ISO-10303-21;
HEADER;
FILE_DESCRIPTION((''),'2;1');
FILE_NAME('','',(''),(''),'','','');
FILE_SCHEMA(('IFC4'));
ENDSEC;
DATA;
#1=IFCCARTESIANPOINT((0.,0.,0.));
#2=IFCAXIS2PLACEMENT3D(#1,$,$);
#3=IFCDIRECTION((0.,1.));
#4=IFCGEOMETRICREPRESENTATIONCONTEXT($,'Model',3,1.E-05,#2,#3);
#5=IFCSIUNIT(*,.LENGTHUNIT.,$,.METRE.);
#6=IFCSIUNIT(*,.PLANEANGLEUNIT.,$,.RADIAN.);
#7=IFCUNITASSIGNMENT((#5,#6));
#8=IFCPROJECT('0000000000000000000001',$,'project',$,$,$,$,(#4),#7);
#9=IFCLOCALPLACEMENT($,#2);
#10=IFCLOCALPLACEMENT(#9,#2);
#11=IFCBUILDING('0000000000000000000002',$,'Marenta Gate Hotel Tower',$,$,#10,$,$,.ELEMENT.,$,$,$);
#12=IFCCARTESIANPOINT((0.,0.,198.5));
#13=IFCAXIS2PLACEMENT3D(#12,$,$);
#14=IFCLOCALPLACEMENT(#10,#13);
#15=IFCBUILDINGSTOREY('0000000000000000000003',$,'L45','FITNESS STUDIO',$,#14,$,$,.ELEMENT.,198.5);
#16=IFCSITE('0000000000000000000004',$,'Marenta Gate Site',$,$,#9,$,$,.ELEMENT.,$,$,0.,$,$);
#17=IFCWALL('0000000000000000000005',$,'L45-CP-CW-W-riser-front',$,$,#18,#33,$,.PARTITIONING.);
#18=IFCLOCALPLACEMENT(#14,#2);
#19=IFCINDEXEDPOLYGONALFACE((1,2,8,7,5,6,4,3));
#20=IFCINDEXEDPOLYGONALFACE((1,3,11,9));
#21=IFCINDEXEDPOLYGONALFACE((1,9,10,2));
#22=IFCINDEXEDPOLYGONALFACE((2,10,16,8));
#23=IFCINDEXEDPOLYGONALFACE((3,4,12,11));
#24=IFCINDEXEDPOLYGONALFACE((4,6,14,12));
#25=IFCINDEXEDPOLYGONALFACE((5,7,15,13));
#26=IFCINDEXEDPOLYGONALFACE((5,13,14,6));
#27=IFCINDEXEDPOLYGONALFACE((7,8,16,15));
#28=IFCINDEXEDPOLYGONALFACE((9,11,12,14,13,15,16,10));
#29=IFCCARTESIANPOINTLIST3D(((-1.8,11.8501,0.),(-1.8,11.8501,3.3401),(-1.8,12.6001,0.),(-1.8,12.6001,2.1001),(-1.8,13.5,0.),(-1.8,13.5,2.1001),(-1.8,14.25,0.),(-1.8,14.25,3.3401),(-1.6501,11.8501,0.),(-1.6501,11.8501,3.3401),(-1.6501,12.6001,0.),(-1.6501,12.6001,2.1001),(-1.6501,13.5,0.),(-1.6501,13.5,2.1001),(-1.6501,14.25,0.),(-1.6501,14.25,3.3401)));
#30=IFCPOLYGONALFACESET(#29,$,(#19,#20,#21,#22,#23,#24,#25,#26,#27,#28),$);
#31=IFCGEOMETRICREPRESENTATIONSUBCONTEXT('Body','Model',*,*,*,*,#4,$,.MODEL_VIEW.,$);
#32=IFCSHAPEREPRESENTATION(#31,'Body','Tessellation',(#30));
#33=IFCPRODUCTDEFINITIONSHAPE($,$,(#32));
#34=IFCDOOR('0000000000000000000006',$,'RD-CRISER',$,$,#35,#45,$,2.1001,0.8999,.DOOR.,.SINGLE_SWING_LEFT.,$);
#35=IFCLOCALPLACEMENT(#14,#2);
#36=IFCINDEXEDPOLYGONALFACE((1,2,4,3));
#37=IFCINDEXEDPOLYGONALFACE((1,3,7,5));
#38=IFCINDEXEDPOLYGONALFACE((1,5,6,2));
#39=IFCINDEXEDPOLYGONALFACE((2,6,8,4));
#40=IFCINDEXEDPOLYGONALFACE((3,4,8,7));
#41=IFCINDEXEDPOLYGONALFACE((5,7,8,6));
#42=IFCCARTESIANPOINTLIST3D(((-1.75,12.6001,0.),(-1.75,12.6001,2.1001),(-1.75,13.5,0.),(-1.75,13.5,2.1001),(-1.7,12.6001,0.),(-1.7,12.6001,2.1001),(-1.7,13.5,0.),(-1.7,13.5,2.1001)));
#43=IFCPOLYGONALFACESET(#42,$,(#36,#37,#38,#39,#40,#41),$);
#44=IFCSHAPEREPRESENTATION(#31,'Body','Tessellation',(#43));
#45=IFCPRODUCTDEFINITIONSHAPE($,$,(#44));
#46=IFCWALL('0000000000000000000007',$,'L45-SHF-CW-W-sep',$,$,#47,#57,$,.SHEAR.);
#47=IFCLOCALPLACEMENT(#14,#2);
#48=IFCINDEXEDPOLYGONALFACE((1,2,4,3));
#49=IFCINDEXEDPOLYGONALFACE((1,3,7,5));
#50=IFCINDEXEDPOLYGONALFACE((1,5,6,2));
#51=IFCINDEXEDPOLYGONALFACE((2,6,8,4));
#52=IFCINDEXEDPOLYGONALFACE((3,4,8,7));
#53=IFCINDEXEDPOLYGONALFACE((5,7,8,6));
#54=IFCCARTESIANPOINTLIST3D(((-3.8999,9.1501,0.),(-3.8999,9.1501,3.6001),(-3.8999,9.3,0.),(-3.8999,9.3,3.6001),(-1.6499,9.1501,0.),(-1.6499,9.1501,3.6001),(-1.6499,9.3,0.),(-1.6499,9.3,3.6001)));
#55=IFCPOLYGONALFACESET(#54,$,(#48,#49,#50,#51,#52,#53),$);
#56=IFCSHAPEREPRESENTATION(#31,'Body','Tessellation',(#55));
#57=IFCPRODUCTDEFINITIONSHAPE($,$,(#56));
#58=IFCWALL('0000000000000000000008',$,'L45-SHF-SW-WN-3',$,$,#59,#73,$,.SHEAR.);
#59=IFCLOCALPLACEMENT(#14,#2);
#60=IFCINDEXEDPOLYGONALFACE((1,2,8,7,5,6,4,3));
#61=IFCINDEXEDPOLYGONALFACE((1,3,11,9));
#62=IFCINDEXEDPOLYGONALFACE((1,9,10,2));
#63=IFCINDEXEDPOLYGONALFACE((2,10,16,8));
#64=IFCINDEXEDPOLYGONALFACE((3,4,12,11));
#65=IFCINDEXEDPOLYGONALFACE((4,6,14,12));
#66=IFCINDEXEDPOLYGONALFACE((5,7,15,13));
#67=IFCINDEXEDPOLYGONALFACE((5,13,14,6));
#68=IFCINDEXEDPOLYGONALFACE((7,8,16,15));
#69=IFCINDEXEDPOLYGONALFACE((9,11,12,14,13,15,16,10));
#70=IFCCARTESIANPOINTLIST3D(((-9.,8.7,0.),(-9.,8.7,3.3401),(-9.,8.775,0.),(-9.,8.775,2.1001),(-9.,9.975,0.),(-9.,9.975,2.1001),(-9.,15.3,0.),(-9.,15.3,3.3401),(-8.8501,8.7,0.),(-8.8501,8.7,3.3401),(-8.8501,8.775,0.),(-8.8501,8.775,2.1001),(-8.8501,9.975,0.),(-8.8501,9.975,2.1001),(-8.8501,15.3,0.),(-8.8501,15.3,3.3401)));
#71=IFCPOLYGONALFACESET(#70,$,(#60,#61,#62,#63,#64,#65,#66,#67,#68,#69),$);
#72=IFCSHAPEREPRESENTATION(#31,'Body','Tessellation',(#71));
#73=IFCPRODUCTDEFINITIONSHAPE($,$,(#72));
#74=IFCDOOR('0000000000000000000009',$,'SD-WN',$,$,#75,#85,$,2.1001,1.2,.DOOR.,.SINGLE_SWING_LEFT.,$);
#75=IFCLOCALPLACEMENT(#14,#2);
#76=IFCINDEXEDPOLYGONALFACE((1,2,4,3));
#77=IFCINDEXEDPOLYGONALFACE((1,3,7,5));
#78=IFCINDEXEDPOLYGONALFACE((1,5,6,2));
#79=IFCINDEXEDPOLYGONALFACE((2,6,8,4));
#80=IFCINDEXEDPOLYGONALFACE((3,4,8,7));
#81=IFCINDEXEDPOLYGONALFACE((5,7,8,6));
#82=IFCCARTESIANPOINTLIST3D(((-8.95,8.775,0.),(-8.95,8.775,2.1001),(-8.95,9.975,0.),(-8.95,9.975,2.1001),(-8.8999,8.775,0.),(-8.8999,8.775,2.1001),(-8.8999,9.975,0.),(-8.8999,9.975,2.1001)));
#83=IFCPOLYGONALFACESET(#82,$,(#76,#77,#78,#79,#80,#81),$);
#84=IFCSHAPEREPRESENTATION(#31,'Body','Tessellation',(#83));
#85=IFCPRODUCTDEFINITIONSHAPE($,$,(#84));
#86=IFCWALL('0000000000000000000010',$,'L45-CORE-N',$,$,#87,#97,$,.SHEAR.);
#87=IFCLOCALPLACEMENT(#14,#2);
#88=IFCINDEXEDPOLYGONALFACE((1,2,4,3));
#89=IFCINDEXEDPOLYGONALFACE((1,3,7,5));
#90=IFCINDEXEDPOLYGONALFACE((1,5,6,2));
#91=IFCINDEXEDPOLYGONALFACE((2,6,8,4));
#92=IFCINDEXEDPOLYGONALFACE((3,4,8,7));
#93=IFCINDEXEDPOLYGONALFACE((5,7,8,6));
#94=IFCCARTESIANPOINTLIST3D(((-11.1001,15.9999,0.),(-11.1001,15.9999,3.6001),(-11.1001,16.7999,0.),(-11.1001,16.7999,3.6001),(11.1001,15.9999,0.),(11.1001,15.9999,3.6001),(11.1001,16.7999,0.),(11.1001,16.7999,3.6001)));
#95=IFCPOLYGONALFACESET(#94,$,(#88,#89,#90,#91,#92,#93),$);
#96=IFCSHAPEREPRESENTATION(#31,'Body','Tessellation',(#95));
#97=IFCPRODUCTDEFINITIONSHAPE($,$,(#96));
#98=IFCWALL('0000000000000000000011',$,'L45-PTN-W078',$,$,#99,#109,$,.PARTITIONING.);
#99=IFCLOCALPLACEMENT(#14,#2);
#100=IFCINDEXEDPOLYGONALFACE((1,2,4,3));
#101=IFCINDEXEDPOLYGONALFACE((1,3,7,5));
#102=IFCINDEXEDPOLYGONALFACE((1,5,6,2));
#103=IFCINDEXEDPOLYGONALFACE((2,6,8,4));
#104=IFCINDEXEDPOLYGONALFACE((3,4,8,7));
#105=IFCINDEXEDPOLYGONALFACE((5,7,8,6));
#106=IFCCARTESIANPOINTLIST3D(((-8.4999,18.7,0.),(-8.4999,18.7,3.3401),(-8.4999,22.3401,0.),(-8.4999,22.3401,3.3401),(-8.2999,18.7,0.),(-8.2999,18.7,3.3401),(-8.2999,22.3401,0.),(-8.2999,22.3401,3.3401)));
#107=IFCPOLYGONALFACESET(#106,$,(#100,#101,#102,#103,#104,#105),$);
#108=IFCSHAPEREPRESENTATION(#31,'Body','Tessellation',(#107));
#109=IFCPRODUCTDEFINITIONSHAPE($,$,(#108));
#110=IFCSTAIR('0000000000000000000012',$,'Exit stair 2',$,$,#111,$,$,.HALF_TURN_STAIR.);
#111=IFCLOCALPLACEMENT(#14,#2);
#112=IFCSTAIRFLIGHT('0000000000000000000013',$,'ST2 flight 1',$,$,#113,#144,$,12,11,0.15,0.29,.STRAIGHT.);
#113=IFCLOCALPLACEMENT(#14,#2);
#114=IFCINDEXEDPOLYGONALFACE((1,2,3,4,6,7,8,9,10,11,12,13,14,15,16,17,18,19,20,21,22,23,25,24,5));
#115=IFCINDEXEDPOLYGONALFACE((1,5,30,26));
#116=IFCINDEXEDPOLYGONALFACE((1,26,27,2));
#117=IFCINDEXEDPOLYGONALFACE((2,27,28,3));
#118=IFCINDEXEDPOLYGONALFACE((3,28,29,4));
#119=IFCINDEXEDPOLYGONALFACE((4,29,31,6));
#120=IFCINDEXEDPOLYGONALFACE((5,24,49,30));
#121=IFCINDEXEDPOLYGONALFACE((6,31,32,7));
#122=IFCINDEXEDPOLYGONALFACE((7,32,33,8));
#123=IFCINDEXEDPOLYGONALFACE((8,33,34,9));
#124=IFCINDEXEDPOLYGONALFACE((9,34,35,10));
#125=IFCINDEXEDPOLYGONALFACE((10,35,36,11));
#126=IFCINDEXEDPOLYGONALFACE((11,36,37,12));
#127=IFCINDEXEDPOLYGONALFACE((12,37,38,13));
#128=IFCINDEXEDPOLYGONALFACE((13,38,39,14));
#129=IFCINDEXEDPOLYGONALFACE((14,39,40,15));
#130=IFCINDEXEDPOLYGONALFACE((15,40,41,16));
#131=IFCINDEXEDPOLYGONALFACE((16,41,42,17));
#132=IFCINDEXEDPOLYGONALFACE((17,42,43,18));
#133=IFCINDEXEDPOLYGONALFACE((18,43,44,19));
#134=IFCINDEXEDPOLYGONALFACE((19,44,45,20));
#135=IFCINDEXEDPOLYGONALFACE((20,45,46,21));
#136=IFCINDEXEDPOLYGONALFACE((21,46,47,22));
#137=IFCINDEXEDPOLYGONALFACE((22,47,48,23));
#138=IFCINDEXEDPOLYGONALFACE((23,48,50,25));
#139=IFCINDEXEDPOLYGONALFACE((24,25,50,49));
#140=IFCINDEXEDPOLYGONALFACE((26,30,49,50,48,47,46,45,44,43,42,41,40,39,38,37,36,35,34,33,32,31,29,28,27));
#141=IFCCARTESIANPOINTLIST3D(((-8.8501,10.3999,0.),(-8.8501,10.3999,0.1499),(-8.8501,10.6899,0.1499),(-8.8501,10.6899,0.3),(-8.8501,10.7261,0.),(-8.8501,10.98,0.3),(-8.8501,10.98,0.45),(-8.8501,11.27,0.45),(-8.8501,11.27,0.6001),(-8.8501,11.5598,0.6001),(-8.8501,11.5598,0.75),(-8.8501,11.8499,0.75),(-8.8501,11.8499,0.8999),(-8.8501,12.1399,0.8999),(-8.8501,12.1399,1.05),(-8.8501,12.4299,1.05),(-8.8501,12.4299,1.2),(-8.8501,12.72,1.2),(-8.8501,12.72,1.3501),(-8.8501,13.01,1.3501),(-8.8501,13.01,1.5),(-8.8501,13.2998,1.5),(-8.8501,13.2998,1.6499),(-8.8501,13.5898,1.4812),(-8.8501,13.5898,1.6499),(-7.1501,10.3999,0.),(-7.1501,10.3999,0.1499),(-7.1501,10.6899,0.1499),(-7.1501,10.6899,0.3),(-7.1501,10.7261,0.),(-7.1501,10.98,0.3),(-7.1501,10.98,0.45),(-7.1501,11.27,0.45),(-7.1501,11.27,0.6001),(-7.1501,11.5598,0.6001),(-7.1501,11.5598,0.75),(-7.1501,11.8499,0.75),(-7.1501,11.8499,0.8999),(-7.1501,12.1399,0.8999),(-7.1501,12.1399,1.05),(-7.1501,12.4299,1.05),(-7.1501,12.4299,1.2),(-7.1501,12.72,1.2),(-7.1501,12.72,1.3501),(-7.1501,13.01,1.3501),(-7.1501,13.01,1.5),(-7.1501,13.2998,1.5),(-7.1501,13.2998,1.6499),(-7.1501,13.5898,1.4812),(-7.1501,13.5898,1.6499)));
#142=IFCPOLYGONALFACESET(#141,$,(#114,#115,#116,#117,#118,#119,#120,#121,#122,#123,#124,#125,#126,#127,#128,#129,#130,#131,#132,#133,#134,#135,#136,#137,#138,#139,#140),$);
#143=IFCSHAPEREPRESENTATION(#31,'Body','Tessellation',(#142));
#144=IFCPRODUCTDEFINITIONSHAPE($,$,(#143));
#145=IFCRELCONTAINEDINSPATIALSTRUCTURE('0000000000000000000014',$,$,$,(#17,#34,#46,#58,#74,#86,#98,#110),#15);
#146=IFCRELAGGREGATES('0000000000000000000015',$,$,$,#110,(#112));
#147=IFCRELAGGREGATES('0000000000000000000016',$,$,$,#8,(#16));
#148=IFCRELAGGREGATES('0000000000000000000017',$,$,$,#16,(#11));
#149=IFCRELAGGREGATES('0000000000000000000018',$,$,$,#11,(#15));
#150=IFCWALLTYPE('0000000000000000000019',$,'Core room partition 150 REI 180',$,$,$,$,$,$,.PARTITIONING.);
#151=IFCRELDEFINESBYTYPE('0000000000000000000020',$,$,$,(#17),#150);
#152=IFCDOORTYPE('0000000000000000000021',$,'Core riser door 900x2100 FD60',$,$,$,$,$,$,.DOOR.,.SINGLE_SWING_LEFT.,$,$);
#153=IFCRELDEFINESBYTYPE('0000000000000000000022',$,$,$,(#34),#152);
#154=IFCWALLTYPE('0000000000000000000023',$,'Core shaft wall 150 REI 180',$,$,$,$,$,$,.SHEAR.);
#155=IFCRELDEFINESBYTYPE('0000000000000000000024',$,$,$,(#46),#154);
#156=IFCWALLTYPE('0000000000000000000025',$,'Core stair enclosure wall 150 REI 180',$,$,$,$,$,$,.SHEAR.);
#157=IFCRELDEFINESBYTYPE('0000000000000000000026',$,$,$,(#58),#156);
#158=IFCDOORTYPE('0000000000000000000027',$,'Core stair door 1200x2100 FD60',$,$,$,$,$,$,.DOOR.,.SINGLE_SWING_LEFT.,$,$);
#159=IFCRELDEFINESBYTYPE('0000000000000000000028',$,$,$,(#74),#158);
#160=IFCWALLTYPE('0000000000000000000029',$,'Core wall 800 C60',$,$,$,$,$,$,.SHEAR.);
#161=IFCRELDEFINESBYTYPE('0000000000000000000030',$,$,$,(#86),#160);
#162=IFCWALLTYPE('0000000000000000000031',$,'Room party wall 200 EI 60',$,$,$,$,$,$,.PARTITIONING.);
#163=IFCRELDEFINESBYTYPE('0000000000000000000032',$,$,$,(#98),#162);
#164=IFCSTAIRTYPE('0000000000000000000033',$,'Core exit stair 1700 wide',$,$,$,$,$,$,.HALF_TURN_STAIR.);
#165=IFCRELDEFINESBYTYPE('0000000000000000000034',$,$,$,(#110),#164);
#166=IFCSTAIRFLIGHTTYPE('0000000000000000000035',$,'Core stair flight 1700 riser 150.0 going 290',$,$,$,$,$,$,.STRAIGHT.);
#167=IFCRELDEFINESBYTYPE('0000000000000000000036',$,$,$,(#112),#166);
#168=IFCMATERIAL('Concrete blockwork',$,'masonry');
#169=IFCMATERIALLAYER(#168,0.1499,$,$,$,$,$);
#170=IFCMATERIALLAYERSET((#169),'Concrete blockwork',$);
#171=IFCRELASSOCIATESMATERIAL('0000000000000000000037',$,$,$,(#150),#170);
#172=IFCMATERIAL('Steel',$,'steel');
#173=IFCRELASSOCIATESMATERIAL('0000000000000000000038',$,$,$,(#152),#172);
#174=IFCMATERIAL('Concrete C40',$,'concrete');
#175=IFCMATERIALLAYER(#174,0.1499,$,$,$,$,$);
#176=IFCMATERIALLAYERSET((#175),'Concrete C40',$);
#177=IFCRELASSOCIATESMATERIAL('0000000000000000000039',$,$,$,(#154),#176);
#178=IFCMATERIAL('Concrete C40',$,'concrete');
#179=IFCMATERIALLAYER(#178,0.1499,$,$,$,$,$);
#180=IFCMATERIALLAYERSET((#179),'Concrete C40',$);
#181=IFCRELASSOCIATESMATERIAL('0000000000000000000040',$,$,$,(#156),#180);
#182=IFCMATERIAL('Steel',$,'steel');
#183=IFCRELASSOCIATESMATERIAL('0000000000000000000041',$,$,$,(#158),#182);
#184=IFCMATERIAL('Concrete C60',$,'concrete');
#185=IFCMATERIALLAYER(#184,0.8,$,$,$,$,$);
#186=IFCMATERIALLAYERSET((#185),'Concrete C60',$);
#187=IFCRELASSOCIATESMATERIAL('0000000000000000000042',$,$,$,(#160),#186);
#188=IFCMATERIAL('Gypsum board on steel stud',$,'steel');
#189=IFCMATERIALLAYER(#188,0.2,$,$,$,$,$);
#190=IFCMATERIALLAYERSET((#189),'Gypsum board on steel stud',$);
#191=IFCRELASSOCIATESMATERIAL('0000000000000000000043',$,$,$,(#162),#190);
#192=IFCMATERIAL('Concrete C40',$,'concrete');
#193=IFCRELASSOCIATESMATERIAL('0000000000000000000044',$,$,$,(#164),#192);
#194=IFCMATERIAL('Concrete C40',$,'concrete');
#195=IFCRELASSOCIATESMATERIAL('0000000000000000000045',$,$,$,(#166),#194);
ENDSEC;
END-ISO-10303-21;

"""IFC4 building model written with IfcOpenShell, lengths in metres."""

from ifc_helpers import new_model, si_unit, direction, frame, frame_2d, origin, place, context, subcontext, project, spatial, polyline, rectangle, outline, extrude, material, layer, layer_set, type_object, element, fill, aggregate, save


model = new_model("IFC4")

# Units and contexts
model_context = context("Model", 3, precision=1e-05, world=origin(), true_north=direction((0.0, 1.0)))
body_context = subcontext(model_context, "Body", "Model", "MODEL_VIEW")
ifc_project = project(units=[si_unit("LENGTHUNIT", "METRE"), si_unit("PLANEANGLEUNIT", "RADIAN")], contexts=[model_context])

# Site, building, storey
site_placement = place(None, origin())
site = spatial("IfcSite", under=ifc_project, at=site_placement, Name="Marenta Gate Site", CompositionType="ELEMENT", RefElevation=0.0)
building_placement = place(site_placement, origin())
building = spatial("IfcBuilding", under=site, at=building_placement, Name="Marenta Gate Hotel Tower", CompositionType="ELEMENT")
storey_placement = place(building_placement, frame((0.0, 0.0, 198.5)))
storey = spatial("IfcBuildingStorey", under=building, at=storey_placement, Name="L45", Description="FITNESS STUDIO", CompositionType="ELEMENT", Elevation=198.5)

# Wall, opening, door
ifc_material_1 = material(Name="Concrete blockwork", Category="masonry")
ifc_layer_1 = layer(ifc_material_1, 0.1499)
ifc_layer_set_1 = layer_set([ifc_layer_1], Name="Concrete blockwork")
wall_type_1 = type_object("IfcWallType", Name="Core room partition 150 REI 180", PredefinedType="PARTITIONING", material=ifc_layer_set_1)
wall_1_placement = place(storey_placement, frame((-1.7251, 11.8501, 0.0), z_axis=(0.0, 0.0, 1.0), x_axis=(0.0, 1.0, 0.0)))
wall_1 = element("IfcWall", 1, at=wall_1_placement, inside=storey, type_object=wall_type_1, Name="L45-CP-CW-W-riser-front", PredefinedType="PARTITIONING", context=body_context, shape_type="SweptSolid", body=[
    extrude(rectangle(XDim=2.3999, YDim=0.1499, at=frame_2d((1.2, 0.0))), origin(), (0.0, 0.0, 1.0), 3.3401),
])
opening_1_placement = place(wall_1_placement, frame((0.75, 0.0, 0.0)))
opening_1 = element("IfcOpeningElement", 2, at=opening_1_placement, cuts=wall_1, PredefinedType="OPENING", context=body_context, shape_type="SweptSolid", body=[
    extrude(rectangle(XDim=0.8999, YDim=2.1001, at=frame_2d((0.45, 1.05))), frame((0.0, 0.075, 0.0), z_axis=(0.0, -1.0, 0.0), x_axis=(1.0, 0.0, 0.0)), (0.0, 0.0, 1.0), 0.1499),
])
ifc_material_2 = material(Name="Steel", Category="steel")
door_type_1 = type_object("IfcDoorType", Name="Core riser door 900x2100 FD60", OperationType="SINGLE_SWING_LEFT", PredefinedType="DOOR", material=ifc_material_2)
door_1_placement = place(opening_1_placement, origin())
door_1 = element("IfcDoor", 3, at=door_1_placement, inside=storey, type_object=door_type_1, Name="RD-CRISER", OperationType="SINGLE_SWING_LEFT", OverallHeight=2.1001, OverallWidth=0.8999, PredefinedType="DOOR", context=body_context, shape_type="SweptSolid", body=[
    extrude(rectangle(XDim=0.8999, YDim=2.1001, at=frame_2d((0.45, 1.05))), frame((0.0, 0.0249, 0.0), z_axis=(0.0, -1.0, 0.0), x_axis=(1.0, 0.0, 0.0)), (0.0, 0.0, 1.0), 0.05),
])
fill(opening_1, door_1)

# Wall
ifc_material_3 = material(Name="Concrete C40", Category="concrete")
ifc_layer_2 = layer(ifc_material_3, 0.1499)
ifc_layer_set_2 = layer_set([ifc_layer_2], Name="Concrete C40")
wall_type_2 = type_object("IfcWallType", Name="Core shaft wall 150 REI 180", PredefinedType="SHEAR", material=ifc_layer_set_2)
wall_2_placement = place(storey_placement, frame((-3.8999, 9.2251, 0.0), z_axis=(0.0, 0.0, 1.0), x_axis=(1.0, 0.0, 0.0)))
element("IfcWall", 4, at=wall_2_placement, inside=storey, type_object=wall_type_2, Name="L45-SHF-CW-W-sep", PredefinedType="SHEAR", context=body_context, shape_type="SweptSolid", body=[
    extrude(rectangle(XDim=2.25, YDim=0.1499, at=frame_2d((1.125, 0.0))), origin(), (0.0, 0.0, 1.0), 3.6001),
])

# Wall, opening, door
ifc_material_4 = material(Name="Concrete C40", Category="concrete")
ifc_layer_3 = layer(ifc_material_4, 0.1499)
ifc_layer_set_3 = layer_set([ifc_layer_3], Name="Concrete C40")
wall_type_3 = type_object("IfcWallType", Name="Core stair enclosure wall 150 REI 180", PredefinedType="SHEAR", material=ifc_layer_set_3)
wall_3_placement = place(storey_placement, frame((-8.925, 8.7, 0.0), z_axis=(0.0, 0.0, 1.0), x_axis=(0.0, 1.0, 0.0)))
wall_3 = element("IfcWall", 5, at=wall_3_placement, inside=storey, type_object=wall_type_3, Name="L45-SHF-SW-WN-3", PredefinedType="SHEAR", context=body_context, shape_type="SweptSolid", body=[
    extrude(rectangle(XDim=6.6001, YDim=0.1499, at=frame_2d((3.3, 0.0))), origin(), (0.0, 0.0, 1.0), 3.3401),
])
opening_2_placement = place(wall_3_placement, frame((0.075, 0.0, 0.0)))
opening_2 = element("IfcOpeningElement", 6, at=opening_2_placement, cuts=wall_3, PredefinedType="OPENING", context=body_context, shape_type="SweptSolid", body=[
    extrude(rectangle(XDim=1.2, YDim=2.1001, at=frame_2d((0.6001, 1.05))), frame((0.0, 0.075, 0.0), z_axis=(0.0, -1.0, 0.0), x_axis=(1.0, 0.0, 0.0)), (0.0, 0.0, 1.0), 0.1499),
])
ifc_material_5 = material(Name="Steel", Category="steel")
door_type_2 = type_object("IfcDoorType", Name="Core stair door 1200x2100 FD60", OperationType="SINGLE_SWING_LEFT", PredefinedType="DOOR", material=ifc_material_5)
door_2_placement = place(opening_2_placement, origin())
door_2 = element("IfcDoor", 7, at=door_2_placement, inside=storey, type_object=door_type_2, Name="SD-WN", OperationType="SINGLE_SWING_LEFT", OverallHeight=2.1001, OverallWidth=1.2, PredefinedType="DOOR", context=body_context, shape_type="SweptSolid", body=[
    extrude(rectangle(XDim=1.2, YDim=2.1001, at=frame_2d((0.6001, 1.05))), frame((0.0, 0.0249, 0.0), z_axis=(0.0, -1.0, 0.0), x_axis=(1.0, 0.0, 0.0)), (0.0, 0.0, 1.0), 0.05),
])
fill(opening_2, door_2)

# Walls
ifc_material_6 = material(Name="Concrete C60", Category="concrete")
ifc_layer_4 = layer(ifc_material_6, 0.8)
ifc_layer_set_4 = layer_set([ifc_layer_4], Name="Concrete C60")
wall_type_4 = type_object("IfcWallType", Name="Core wall 800 C60", PredefinedType="SHEAR", material=ifc_layer_set_4)
wall_4_placement = place(storey_placement, frame((-11.1001, 16.3999, 0.0), z_axis=(0.0, 0.0, 1.0), x_axis=(1.0, 0.0, 0.0)))
element("IfcWall", 8, at=wall_4_placement, inside=storey, type_object=wall_type_4, Name="L45-CORE-N", PredefinedType="SHEAR", context=body_context, shape_type="SweptSolid", body=[
    extrude(rectangle(XDim=22.2002, YDim=0.8, at=frame_2d((11.1001, 0.0))), origin(), (0.0, 0.0, 1.0), 3.6001),
])
ifc_material_7 = material(Name="Gypsum board on steel stud", Category="steel")
ifc_layer_5 = layer(ifc_material_7, 0.2)
ifc_layer_set_5 = layer_set([ifc_layer_5], Name="Gypsum board on steel stud")
wall_type_5 = type_object("IfcWallType", Name="Room party wall 200 EI 60", PredefinedType="PARTITIONING", material=ifc_layer_set_5)
wall_5_placement = place(storey_placement, frame((-8.3999, 18.7, 0.0), z_axis=(0.0, 0.0, 1.0), x_axis=(0.0, 1.0, 0.0)))
element("IfcWall", 9, at=wall_5_placement, inside=storey, type_object=wall_type_5, Name="L45-PTN-W078", PredefinedType="PARTITIONING", context=body_context, shape_type="SweptSolid", body=[
    extrude(rectangle(XDim=3.6401, YDim=0.2, at=frame_2d((1.8201, 0.0))), origin(), (0.0, 0.0, 1.0), 3.3401),
])

# Stair, stair flight
ifc_material_8 = material(Name="Concrete C40", Category="concrete")
stair_type = type_object("IfcStairType", Name="Core exit stair 1700 wide", PredefinedType="HALF_TURN_STAIR", material=ifc_material_8)
stair_placement = place(storey_placement, origin())
stair = element("IfcStair", 10, at=stair_placement, inside=storey, type_object=stair_type, Name="Exit stair 2", PredefinedType="HALF_TURN_STAIR")
ifc_material_9 = material(Name="Concrete C40", Category="concrete")
stair_flight_type = type_object("IfcStairFlightType", Name="Core stair flight 1700 riser 150.0 going 290", PredefinedType="STRAIGHT", material=ifc_material_9)
stair_flight_1_placement = place(storey_placement, frame((-8.0, 10.3999, 0.0), z_axis=(0.0, 0.0, 1.0), x_axis=(0.0, 1.0, 0.0)))
stair_flight_1 = element("IfcStairFlight", 11, at=stair_flight_1_placement, type_object=stair_flight_type, Name="ST2 flight 1", NumberOfRisers=12, NumberOfTreads=11, PredefinedType="STRAIGHT", RiserHeight=0.15, TreadLength=0.29, context=body_context, shape_type="SweptSolid", body=[
    extrude(outline(polyline([(0.0, 0.0), (0.0, 0.1499), (0.29, 0.1499), (0.29, 0.3), (0.5801, 0.3), (0.5801, 0.45), (0.8701, 0.45), (0.8701, 0.6001), (1.1599, 0.6001), (1.1599, 0.75), (1.45, 0.75), (1.45, 0.8999), (1.74, 0.8999), (1.74, 1.05), (2.03, 1.05), (2.03, 1.2), (2.3201, 1.2), (2.3201, 1.3501), (2.6101, 1.3501), (2.6101, 1.5), (2.8999, 1.5), (2.8999, 1.6499), (3.1899, 1.6499), (3.1899, 1.8), (3.1899, 1.4812), (0.3262, 0.0), (0.0, 0.0)])), frame((0.0, 0.8501, 0.0), z_axis=(0.0, -1.0, 0.0), x_axis=(1.0, 0.0, 0.0)), (0.0, 0.0, 1.0), 1.7),
])
aggregate(stair, [stair_flight_1])

save(model, "model.ifc")
